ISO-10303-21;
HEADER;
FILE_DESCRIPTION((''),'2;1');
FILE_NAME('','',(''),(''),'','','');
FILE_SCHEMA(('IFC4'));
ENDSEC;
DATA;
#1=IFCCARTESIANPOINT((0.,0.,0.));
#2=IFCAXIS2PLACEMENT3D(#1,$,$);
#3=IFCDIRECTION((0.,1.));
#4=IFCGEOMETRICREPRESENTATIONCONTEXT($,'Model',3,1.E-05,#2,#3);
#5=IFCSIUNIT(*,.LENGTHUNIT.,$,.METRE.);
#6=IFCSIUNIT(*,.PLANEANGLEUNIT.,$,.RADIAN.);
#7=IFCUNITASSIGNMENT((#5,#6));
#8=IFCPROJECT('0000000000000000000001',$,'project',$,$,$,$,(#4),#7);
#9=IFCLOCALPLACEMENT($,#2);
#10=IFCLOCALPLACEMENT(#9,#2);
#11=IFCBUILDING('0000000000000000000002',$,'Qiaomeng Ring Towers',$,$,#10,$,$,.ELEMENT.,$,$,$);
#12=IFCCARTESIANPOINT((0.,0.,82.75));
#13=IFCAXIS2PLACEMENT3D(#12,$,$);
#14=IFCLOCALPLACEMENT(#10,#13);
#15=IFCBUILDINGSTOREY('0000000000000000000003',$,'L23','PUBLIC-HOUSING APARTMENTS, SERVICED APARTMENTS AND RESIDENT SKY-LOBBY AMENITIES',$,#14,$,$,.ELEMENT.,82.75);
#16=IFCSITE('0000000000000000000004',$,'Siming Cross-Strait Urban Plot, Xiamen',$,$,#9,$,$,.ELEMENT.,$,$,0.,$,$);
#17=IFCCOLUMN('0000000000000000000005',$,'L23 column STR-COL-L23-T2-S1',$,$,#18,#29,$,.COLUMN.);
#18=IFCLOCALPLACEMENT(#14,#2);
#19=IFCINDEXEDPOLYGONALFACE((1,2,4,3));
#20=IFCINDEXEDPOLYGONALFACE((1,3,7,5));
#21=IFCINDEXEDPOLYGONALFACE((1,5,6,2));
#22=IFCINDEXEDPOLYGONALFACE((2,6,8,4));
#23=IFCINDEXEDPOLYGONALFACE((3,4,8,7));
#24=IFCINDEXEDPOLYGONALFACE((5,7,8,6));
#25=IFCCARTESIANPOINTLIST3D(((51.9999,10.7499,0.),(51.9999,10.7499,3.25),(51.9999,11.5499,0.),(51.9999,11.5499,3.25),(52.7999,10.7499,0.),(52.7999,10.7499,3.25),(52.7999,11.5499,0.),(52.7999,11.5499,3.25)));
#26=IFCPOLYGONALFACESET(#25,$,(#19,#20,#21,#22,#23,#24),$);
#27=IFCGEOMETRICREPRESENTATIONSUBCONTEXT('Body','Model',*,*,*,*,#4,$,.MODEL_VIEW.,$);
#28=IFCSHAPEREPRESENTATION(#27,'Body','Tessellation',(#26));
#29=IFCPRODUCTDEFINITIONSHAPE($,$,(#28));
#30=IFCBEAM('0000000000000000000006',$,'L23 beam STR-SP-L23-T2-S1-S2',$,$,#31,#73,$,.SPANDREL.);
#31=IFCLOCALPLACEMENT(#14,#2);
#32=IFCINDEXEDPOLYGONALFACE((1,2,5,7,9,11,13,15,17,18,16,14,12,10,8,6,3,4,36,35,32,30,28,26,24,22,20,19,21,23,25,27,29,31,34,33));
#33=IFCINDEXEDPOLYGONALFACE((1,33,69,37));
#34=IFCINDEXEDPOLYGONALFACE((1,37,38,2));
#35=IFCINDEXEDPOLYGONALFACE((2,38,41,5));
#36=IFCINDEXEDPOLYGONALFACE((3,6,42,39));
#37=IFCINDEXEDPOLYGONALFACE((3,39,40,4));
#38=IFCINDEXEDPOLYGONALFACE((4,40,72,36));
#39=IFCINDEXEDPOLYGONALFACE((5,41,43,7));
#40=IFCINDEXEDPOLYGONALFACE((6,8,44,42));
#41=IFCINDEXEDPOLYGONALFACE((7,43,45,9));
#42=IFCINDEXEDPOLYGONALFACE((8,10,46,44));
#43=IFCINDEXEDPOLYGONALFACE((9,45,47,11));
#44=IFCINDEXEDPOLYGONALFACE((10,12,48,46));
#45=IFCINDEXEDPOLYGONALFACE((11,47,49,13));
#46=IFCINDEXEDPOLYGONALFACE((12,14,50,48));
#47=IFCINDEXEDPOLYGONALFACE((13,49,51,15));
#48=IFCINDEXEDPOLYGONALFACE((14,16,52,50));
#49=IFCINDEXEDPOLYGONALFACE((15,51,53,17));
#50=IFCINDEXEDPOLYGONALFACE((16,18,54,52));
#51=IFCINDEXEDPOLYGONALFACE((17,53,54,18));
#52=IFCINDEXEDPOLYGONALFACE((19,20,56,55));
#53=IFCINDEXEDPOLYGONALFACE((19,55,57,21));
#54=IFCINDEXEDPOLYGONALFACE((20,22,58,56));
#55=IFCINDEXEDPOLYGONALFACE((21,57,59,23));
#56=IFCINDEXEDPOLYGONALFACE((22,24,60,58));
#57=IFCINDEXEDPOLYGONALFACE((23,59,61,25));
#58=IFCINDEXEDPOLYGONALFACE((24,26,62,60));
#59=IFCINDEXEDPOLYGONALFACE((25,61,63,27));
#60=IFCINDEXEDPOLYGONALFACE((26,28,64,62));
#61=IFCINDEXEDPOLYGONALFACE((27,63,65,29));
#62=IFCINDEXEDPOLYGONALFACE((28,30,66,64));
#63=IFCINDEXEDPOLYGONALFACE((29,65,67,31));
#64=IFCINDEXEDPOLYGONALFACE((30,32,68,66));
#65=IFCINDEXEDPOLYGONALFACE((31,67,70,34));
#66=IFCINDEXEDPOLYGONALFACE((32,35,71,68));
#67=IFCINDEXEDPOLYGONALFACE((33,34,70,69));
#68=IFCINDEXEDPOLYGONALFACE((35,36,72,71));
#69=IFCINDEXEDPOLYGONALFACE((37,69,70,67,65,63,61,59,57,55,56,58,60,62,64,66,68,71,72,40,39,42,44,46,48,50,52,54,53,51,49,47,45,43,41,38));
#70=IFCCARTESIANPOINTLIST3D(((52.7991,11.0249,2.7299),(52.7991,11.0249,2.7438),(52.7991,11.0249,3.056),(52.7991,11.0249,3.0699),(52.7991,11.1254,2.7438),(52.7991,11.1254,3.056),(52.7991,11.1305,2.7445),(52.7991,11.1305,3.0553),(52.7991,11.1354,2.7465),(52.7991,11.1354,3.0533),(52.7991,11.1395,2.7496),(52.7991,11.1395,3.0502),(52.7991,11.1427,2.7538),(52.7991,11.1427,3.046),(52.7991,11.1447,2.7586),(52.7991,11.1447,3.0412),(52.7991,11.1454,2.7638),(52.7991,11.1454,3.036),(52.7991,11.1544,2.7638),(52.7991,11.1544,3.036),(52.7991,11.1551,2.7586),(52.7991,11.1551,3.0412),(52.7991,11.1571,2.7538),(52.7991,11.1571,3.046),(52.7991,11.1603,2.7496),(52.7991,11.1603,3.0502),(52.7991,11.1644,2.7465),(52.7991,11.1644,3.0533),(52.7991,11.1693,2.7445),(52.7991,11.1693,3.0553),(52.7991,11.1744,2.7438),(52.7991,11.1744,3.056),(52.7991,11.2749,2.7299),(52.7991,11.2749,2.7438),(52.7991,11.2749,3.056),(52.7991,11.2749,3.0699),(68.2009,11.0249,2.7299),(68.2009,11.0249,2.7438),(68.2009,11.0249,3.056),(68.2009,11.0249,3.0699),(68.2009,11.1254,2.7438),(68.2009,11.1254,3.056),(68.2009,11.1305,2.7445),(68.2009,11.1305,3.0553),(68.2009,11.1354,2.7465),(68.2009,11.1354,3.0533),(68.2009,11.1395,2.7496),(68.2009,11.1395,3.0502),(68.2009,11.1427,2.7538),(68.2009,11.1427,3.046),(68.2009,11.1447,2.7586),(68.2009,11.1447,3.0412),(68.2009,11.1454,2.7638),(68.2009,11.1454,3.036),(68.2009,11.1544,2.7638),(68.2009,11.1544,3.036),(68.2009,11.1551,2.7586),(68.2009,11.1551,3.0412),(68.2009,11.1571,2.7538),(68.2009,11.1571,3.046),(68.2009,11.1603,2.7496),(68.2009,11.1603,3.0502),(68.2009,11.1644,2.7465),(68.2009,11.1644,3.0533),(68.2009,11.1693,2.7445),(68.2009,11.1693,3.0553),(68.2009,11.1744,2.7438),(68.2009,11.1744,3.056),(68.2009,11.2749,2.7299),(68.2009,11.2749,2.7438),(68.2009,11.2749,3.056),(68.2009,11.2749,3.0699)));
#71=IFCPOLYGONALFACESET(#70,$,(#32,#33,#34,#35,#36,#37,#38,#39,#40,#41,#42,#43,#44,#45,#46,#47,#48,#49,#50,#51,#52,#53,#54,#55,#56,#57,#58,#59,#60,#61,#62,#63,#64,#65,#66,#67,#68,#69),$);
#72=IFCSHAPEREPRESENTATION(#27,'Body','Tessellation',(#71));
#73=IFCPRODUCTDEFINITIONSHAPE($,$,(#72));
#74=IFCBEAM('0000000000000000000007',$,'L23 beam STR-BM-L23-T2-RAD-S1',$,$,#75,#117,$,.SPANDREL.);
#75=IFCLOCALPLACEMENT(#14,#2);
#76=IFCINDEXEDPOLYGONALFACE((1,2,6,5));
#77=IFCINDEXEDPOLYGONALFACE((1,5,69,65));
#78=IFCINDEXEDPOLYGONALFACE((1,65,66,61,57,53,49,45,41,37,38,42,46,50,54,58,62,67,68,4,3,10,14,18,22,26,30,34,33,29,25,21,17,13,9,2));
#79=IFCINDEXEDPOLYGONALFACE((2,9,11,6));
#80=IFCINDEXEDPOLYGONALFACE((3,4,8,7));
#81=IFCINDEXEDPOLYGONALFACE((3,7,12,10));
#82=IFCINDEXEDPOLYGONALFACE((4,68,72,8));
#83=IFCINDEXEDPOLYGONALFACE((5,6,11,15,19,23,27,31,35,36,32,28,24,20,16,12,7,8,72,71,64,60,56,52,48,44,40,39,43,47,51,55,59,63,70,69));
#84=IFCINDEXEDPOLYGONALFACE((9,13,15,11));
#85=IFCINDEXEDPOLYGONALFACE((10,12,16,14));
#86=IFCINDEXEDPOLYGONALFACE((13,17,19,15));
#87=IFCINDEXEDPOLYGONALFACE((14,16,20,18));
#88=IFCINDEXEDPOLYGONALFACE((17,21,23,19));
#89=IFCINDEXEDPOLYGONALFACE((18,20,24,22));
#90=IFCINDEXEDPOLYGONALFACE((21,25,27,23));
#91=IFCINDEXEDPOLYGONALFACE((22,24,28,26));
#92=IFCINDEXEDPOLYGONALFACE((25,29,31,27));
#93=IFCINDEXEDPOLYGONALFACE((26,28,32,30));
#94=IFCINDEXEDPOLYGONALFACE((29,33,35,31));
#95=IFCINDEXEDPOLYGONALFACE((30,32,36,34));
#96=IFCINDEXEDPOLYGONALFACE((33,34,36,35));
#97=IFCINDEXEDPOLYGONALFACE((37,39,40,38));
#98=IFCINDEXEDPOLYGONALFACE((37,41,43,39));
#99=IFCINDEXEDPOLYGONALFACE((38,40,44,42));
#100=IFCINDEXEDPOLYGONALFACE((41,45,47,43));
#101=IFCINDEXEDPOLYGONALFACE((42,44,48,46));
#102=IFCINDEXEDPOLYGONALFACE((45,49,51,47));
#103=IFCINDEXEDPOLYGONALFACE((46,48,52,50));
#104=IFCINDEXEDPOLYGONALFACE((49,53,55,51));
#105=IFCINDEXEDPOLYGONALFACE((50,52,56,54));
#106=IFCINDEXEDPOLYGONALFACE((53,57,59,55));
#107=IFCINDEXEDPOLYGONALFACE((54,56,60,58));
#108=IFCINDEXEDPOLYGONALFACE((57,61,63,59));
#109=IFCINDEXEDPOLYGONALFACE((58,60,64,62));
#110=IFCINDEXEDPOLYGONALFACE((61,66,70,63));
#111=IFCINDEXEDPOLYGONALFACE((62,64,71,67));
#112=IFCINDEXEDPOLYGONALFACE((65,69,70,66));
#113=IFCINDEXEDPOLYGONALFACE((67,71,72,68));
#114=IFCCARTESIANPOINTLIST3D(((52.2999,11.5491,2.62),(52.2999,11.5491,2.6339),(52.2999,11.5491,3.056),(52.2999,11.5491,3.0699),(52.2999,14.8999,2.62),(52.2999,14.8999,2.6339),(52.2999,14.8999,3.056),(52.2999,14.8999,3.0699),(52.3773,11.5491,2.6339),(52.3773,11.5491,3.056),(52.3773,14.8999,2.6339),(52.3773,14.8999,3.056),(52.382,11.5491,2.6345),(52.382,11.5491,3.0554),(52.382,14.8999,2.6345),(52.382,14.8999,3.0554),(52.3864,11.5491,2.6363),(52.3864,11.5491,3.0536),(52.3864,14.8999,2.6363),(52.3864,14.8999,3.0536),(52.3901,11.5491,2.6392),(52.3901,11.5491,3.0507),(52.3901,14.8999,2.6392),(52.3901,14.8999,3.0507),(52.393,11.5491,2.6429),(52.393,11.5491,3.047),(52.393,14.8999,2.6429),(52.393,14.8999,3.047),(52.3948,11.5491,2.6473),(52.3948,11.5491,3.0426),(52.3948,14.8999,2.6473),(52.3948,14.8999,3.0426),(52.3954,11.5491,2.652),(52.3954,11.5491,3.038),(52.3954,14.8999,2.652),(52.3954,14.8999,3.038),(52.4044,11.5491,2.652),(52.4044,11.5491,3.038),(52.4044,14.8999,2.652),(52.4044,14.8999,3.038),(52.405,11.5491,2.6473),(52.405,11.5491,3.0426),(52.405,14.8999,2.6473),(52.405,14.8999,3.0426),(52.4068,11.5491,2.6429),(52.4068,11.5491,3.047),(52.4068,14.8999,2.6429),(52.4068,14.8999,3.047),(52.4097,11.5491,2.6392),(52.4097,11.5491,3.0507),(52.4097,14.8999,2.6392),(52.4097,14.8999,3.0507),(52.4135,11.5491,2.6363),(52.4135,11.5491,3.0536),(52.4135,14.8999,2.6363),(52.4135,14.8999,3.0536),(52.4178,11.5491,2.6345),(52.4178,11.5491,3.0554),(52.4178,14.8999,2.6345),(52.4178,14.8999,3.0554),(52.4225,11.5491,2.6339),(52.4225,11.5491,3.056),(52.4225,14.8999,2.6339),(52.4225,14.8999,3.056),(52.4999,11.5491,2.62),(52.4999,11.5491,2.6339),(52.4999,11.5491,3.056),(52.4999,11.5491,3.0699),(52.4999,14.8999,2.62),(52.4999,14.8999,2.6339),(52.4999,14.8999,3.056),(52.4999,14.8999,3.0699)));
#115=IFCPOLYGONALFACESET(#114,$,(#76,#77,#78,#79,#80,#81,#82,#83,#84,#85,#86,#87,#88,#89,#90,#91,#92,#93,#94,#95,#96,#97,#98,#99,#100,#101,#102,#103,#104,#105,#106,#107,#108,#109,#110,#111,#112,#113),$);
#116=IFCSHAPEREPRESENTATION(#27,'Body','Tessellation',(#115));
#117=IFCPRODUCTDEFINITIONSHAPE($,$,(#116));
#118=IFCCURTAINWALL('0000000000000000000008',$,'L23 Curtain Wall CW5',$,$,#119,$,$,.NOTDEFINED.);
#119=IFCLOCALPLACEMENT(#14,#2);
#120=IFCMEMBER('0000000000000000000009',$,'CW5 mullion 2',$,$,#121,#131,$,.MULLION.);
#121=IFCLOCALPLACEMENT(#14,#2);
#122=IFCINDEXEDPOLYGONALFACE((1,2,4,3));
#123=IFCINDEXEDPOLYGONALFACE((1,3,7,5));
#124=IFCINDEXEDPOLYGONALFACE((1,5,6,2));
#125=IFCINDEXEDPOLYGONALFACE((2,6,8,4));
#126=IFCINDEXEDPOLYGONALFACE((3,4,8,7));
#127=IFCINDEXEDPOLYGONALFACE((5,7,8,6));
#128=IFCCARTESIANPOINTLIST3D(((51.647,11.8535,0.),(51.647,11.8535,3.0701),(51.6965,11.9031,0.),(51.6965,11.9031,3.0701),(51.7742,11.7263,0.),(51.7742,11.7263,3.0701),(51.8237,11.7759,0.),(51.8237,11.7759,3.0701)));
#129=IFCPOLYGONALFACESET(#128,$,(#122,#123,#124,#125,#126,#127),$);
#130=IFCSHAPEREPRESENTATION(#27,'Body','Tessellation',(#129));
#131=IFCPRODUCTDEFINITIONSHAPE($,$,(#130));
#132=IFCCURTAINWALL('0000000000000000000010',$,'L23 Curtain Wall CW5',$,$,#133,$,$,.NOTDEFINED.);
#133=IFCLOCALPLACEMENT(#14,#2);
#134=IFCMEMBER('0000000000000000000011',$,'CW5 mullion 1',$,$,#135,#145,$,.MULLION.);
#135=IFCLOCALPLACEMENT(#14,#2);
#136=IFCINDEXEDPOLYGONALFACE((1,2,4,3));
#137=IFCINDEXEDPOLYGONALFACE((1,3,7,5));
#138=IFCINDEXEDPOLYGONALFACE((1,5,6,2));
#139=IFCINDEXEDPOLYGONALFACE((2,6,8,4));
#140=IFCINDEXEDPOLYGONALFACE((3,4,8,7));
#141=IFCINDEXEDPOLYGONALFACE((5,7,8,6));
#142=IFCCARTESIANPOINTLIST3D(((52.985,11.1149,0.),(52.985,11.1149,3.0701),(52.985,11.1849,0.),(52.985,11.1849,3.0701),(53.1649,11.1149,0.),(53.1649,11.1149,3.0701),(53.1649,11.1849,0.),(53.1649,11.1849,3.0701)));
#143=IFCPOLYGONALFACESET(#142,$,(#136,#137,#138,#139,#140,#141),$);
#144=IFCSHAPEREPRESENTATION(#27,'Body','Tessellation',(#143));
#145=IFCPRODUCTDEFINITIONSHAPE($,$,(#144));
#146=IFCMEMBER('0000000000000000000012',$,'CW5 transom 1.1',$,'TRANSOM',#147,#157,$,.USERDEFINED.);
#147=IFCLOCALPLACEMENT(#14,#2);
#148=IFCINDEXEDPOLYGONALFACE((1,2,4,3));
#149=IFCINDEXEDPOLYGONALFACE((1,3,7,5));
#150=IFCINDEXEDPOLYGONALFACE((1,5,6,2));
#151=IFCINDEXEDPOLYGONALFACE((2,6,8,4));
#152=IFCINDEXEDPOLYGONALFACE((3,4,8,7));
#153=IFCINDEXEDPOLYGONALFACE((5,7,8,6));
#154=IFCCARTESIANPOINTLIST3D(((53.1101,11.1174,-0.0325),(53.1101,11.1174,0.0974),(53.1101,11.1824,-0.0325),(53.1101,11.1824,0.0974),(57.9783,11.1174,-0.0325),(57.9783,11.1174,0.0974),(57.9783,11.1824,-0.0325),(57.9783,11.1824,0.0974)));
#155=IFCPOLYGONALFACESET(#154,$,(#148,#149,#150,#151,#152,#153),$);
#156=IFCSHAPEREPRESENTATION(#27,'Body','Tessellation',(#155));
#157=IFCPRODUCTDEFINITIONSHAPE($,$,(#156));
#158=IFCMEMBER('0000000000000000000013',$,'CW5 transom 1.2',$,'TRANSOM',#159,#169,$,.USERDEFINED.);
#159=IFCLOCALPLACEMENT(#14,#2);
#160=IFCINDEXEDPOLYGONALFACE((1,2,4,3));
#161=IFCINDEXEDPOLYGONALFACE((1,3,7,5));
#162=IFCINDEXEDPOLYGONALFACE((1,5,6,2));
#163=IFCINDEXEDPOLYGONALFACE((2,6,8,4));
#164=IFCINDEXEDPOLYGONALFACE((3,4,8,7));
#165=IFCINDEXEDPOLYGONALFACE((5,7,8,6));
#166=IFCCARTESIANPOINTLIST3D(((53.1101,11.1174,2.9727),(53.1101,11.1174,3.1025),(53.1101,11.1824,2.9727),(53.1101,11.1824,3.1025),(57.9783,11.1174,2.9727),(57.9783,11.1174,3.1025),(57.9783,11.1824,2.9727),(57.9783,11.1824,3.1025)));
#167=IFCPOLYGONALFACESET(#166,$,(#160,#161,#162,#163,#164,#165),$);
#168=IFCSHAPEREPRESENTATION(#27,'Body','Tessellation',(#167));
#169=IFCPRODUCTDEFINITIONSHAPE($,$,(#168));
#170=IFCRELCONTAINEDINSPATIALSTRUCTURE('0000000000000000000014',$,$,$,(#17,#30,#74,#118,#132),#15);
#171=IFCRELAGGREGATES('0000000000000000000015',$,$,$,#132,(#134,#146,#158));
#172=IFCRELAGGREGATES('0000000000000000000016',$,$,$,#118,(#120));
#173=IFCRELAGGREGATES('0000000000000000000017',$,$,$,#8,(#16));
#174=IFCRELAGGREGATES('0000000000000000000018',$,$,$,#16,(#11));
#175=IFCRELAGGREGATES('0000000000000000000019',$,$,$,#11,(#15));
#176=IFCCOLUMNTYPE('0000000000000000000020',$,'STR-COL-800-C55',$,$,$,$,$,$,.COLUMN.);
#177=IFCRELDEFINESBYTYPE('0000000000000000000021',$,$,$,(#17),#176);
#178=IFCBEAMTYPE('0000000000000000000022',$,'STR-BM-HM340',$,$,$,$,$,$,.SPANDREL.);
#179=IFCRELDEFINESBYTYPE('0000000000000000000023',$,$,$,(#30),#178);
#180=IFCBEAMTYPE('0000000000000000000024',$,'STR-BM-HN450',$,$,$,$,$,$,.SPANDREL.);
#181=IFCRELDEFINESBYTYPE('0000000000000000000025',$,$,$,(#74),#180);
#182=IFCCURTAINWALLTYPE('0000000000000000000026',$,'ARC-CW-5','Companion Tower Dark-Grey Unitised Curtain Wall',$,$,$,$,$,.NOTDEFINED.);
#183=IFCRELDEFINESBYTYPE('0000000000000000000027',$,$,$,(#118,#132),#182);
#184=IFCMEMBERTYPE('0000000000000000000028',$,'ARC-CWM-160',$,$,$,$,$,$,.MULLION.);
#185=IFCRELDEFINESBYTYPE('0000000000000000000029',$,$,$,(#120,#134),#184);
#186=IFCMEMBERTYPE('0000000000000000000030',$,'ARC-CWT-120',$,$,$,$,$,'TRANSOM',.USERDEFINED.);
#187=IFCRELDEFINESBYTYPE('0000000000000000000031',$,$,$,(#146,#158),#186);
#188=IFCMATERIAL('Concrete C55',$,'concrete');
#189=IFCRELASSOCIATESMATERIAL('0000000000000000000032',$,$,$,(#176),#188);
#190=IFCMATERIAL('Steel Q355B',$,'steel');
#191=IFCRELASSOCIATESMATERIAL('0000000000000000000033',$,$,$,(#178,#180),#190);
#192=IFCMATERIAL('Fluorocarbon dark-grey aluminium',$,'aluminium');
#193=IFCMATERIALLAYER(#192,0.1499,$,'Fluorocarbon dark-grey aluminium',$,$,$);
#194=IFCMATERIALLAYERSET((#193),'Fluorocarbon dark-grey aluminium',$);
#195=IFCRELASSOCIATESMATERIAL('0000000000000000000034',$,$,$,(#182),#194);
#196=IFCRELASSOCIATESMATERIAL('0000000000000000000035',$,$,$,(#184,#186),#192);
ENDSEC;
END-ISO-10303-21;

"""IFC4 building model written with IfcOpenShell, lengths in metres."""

from ifc_helpers import new_model, si_unit, direction, frame, origin, origin_2d, place, context, subcontext, project, spatial, rectangle, i_section, extrude, source, transform, mapped, material, layer, layer_set, material_profile, profile_set, type_object, element, aggregate, save


model = new_model("IFC4")

# Units and contexts
model_context = context("Model", 3, precision=1e-05, world=origin(), true_north=direction((0.0, 1.0)))
body_context = subcontext(model_context, "Body", "Model", "MODEL_VIEW")
ifc_project = project(units=[si_unit("LENGTHUNIT", "METRE"), si_unit("PLANEANGLEUNIT", "RADIAN")], contexts=[model_context])

# Site, building, storey
site_placement = place(None, origin())
site = spatial("IfcSite", under=ifc_project, at=site_placement, Name="Siming Cross-Strait Urban Plot, Xiamen", CompositionType="ELEMENT", RefElevation=0.0)
building_placement = place(site_placement, origin())
building = spatial("IfcBuilding", under=site, at=building_placement, Name="Qiaomeng Ring Towers", CompositionType="ELEMENT")
storey_placement = place(building_placement, frame((0.0, 0.0, 82.75)))
storey = spatial("IfcBuildingStorey", under=building, at=storey_placement, Name="L23", Description="PUBLIC-HOUSING APARTMENTS, SERVICED APARTMENTS AND RESIDENT SKY-LOBBY AMENITIES", CompositionType="ELEMENT", Elevation=82.75)

# Column
ifc_material_1 = material(Name="Concrete C55", Category="concrete")
ifc_material_profile_1 = material_profile(ifc_material_1, rectangle(XDim=0.8, YDim=0.8, at=origin_2d()), Name="RC COL 800x800")
ifc_profile_set_1 = profile_set([ifc_material_profile_1], Name="Concrete C55")
column_type = type_object("IfcColumnType", Name="STR-COL-800-C55", PredefinedType="COLUMN", material=ifc_profile_set_1)
shared_shape_1 = source(origin(), body_context, "Body", "SweptSolid", [
    extrude(rectangle(XDim=0.8, YDim=0.8, at=origin_2d()), origin(), (0.0, 0.0, 1.0), 3.25),
])
column_placement = place(storey_placement, frame((52.3999, 11.1499, 0.0), z_axis=(0.0, 0.0, 1.0), x_axis=(1.0, 0.0, 0.0)))
element("IfcColumn", 1, at=column_placement, inside=storey, type_object=column_type, Name="L23 column STR-COL-L23-T2-S1", PredefinedType="COLUMN", context=body_context, shape_type="MappedRepresentation", body=[
    mapped(shared_shape_1, transform((0.0, 0.0, 0.0), x_axis=(1.0, 0.0, 0.0), y_axis=(0.0, 1.0, 0.0), z_axis=(0.0, 0.0, 1.0), scale=1.0)),
])

# Beams
ifc_material_2 = material(Name="Steel Q355B", Category="steel")
ifc_material_profile_2 = material_profile(ifc_material_2, i_section(OverallWidth=0.25, OverallDepth=0.3401, WebThickness=0.009, FlangeThickness=0.0139, FilletRadius=0.02, at=origin_2d()), Name="HM 340x250x9x14")
ifc_profile_set_2 = profile_set([ifc_material_profile_2], Name="Steel Q355B")
beam_type_1 = type_object("IfcBeamType", Name="STR-BM-HM340", PredefinedType="SPANDREL", material=ifc_profile_set_2)
shared_shape_2 = source(origin(), body_context, "Body", "SweptSolid", [
    extrude(i_section(OverallWidth=0.25, OverallDepth=0.3401, WebThickness=0.009, FlangeThickness=0.0139, FilletRadius=0.02, at=origin_2d()), origin(), (0.0, 0.0, 1.0), 15.4019),
])
beam_1_placement = place(storey_placement, frame((52.7991, 11.1499, 2.8999), z_axis=(1.0, 0.0, 0.0), x_axis=(0.0, 1.0, 0.0)))
element("IfcBeam", 2, at=beam_1_placement, inside=storey, type_object=beam_type_1, Name="L23 beam STR-SP-L23-T2-S1-S2", PredefinedType="SPANDREL", context=body_context, shape_type="MappedRepresentation", body=[
    mapped(shared_shape_2, transform((0.0, 0.0, 0.0), x_axis=(1.0, 0.0, 0.0), y_axis=(0.0, 1.0, 0.0), z_axis=(0.0, 0.0, 1.0), scale=1.0)),
])
ifc_material_profile_3 = material_profile(ifc_material_2, i_section(OverallWidth=0.2, OverallDepth=0.45, WebThickness=0.009, FlangeThickness=0.0139, FilletRadius=0.0181, at=origin_2d()), Name="HN 450x200x9x14")
ifc_profile_set_3 = profile_set([ifc_material_profile_3], Name="Steel Q355B")
beam_type_2 = type_object("IfcBeamType", Name="STR-BM-HN450", PredefinedType="SPANDREL", material=ifc_profile_set_3)
shared_shape_3 = source(origin(), body_context, "Body", "SweptSolid", [
    extrude(i_section(OverallWidth=0.2, OverallDepth=0.45, WebThickness=0.009, FlangeThickness=0.0139, FilletRadius=0.0181, at=origin_2d()), origin(), (0.0, 0.0, 1.0), 3.3508),
])
beam_2_placement = place(storey_placement, frame((52.3999, 11.5491, 2.845), z_axis=(0.0, 1.0, 0.0), x_axis=(-1.0, 0.0, 0.0)))
element("IfcBeam", 3, at=beam_2_placement, inside=storey, type_object=beam_type_2, Name="L23 beam STR-BM-L23-T2-RAD-S1", PredefinedType="SPANDREL", context=body_context, shape_type="MappedRepresentation", body=[
    mapped(shared_shape_3, transform((0.0, 0.0, 0.0), x_axis=(1.0, 0.0, 0.0), y_axis=(0.0, 1.0, 0.0), z_axis=(0.0, 0.0, 1.0), scale=1.0)),
])

# Curtain wall, member
ifc_material_3 = material(Name="Fluorocarbon dark-grey aluminium", Category="aluminium")
ifc_layer_1 = layer(ifc_material_3, 0.1499, Name="Fluorocarbon dark-grey aluminium")
ifc_layer_set_1 = layer_set([ifc_layer_1], Name="Fluorocarbon dark-grey aluminium")
curtain_wall_type = type_object("IfcCurtainWallType", Name="ARC-CW-5", Description="Companion Tower Dark-Grey Unitised Curtain Wall", PredefinedType="NOTDEFINED", material=ifc_layer_set_1)
curtain_wall_1_placement = place(storey_placement, origin())
curtain_wall_1 = element("IfcCurtainWall", 4, at=curtain_wall_1_placement, inside=storey, type_object=curtain_wall_type, Name="L23 Curtain Wall CW5", PredefinedType="NOTDEFINED")
ifc_material_profile_4 = material_profile(ifc_material_3, rectangle(XDim=0.0701, YDim=0.1799, at=origin_2d()), Name="ALU MULL 70x180")
ifc_profile_set_4 = profile_set([ifc_material_profile_4], Name="Fluorocarbon dark-grey aluminium")
member_type_1 = type_object("IfcMemberType", Name="ARC-CWM-160", PredefinedType="MULLION", material=ifc_profile_set_4)
shared_shape_4 = source(origin(), body_context, "Body", "SweptSolid", [
    extrude(rectangle(XDim=0.0701, YDim=0.1799, at=origin_2d()), origin(), (0.0, 0.0, 1.0), 3.0701),
])
member_1_placement = place(storey_placement, frame((51.7354, 11.8147, 0.0), z_axis=(0.0, 0.0, 1.0), x_axis=(0.707107, 0.707107, 0.0)))
member_1 = element("IfcMember", 5, at=member_1_placement, type_object=member_type_1, Name="CW5 mullion 2", PredefinedType="MULLION", context=body_context, shape_type="MappedRepresentation", body=[
    mapped(shared_shape_4, transform((0.0, 0.0, 0.0), x_axis=(1.0, 0.0, 0.0), y_axis=(0.0, 1.0, 0.0), z_axis=(0.0, 0.0, 1.0), scale=1.0)),
])

# Curtain wall, members
curtain_wall_2_placement = place(storey_placement, origin())
curtain_wall_2 = element("IfcCurtainWall", 6, at=curtain_wall_2_placement, inside=storey, type_object=curtain_wall_type, Name="L23 Curtain Wall CW5", PredefinedType="NOTDEFINED")
member_2_placement = place(storey_placement, frame((53.075, 11.1499, 0.0), z_axis=(0.0, 0.0, 1.0), x_axis=(0.0, 1.0, 0.0)))
member_2 = element("IfcMember", 7, at=member_2_placement, type_object=member_type_1, Name="CW5 mullion 1", PredefinedType="MULLION", context=body_context, shape_type="MappedRepresentation", body=[
    mapped(shared_shape_4, transform((0.0, 0.0, 0.0), x_axis=(1.0, 0.0, 0.0), y_axis=(0.0, 1.0, 0.0), z_axis=(0.0, 0.0, 1.0), scale=1.0)),
])
ifc_material_profile_5 = material_profile(ifc_material_3, rectangle(XDim=0.0649, YDim=0.1299, at=origin_2d()), Name="ALU TRAN 65x130")
ifc_profile_set_5 = profile_set([ifc_material_profile_5], Name="Fluorocarbon dark-grey aluminium")
member_type_2 = type_object("IfcMemberType", Name="ARC-CWT-120", ElementType="TRANSOM", PredefinedType="USERDEFINED", material=ifc_profile_set_5)
shared_shape_5 = source(origin(), body_context, "Body", "SweptSolid", [
    extrude(rectangle(XDim=0.0649, YDim=0.1299, at=origin_2d()), origin(), (0.0, 0.0, 1.0), 4.8682),
])
member_3_placement = place(storey_placement, frame((53.1101, 11.1499, 0.0325), z_axis=(1.0, 0.0, 0.0), x_axis=(0.0, 1.0, 0.0)))
member_3 = element("IfcMember", 8, at=member_3_placement, type_object=member_type_2, Name="CW5 transom 1.1", ObjectType="TRANSOM", PredefinedType="USERDEFINED", context=body_context, shape_type="MappedRepresentation", body=[
    mapped(shared_shape_5, transform((0.0, 0.0, 0.0), x_axis=(1.0, 0.0, 0.0), y_axis=(0.0, 1.0, 0.0), z_axis=(0.0, 0.0, 1.0), scale=1.0)),
])
member_4_placement = place(storey_placement, frame((53.1101, 11.1499, 3.0376), z_axis=(1.0, 0.0, 0.0), x_axis=(0.0, 1.0, 0.0)))
member_4 = element("IfcMember", 9, at=member_4_placement, type_object=member_type_2, Name="CW5 transom 1.2", ObjectType="TRANSOM", PredefinedType="USERDEFINED", context=body_context, shape_type="MappedRepresentation", body=[
    mapped(shared_shape_5, transform((0.0, 0.0, 0.0), x_axis=(1.0, 0.0, 0.0), y_axis=(0.0, 1.0, 0.0), z_axis=(0.0, 0.0, 1.0), scale=1.0)),
])
aggregate(curtain_wall_2, [member_2, member_3, member_4])

aggregate(curtain_wall_1, [member_1])

save(model, "model.ifc")
